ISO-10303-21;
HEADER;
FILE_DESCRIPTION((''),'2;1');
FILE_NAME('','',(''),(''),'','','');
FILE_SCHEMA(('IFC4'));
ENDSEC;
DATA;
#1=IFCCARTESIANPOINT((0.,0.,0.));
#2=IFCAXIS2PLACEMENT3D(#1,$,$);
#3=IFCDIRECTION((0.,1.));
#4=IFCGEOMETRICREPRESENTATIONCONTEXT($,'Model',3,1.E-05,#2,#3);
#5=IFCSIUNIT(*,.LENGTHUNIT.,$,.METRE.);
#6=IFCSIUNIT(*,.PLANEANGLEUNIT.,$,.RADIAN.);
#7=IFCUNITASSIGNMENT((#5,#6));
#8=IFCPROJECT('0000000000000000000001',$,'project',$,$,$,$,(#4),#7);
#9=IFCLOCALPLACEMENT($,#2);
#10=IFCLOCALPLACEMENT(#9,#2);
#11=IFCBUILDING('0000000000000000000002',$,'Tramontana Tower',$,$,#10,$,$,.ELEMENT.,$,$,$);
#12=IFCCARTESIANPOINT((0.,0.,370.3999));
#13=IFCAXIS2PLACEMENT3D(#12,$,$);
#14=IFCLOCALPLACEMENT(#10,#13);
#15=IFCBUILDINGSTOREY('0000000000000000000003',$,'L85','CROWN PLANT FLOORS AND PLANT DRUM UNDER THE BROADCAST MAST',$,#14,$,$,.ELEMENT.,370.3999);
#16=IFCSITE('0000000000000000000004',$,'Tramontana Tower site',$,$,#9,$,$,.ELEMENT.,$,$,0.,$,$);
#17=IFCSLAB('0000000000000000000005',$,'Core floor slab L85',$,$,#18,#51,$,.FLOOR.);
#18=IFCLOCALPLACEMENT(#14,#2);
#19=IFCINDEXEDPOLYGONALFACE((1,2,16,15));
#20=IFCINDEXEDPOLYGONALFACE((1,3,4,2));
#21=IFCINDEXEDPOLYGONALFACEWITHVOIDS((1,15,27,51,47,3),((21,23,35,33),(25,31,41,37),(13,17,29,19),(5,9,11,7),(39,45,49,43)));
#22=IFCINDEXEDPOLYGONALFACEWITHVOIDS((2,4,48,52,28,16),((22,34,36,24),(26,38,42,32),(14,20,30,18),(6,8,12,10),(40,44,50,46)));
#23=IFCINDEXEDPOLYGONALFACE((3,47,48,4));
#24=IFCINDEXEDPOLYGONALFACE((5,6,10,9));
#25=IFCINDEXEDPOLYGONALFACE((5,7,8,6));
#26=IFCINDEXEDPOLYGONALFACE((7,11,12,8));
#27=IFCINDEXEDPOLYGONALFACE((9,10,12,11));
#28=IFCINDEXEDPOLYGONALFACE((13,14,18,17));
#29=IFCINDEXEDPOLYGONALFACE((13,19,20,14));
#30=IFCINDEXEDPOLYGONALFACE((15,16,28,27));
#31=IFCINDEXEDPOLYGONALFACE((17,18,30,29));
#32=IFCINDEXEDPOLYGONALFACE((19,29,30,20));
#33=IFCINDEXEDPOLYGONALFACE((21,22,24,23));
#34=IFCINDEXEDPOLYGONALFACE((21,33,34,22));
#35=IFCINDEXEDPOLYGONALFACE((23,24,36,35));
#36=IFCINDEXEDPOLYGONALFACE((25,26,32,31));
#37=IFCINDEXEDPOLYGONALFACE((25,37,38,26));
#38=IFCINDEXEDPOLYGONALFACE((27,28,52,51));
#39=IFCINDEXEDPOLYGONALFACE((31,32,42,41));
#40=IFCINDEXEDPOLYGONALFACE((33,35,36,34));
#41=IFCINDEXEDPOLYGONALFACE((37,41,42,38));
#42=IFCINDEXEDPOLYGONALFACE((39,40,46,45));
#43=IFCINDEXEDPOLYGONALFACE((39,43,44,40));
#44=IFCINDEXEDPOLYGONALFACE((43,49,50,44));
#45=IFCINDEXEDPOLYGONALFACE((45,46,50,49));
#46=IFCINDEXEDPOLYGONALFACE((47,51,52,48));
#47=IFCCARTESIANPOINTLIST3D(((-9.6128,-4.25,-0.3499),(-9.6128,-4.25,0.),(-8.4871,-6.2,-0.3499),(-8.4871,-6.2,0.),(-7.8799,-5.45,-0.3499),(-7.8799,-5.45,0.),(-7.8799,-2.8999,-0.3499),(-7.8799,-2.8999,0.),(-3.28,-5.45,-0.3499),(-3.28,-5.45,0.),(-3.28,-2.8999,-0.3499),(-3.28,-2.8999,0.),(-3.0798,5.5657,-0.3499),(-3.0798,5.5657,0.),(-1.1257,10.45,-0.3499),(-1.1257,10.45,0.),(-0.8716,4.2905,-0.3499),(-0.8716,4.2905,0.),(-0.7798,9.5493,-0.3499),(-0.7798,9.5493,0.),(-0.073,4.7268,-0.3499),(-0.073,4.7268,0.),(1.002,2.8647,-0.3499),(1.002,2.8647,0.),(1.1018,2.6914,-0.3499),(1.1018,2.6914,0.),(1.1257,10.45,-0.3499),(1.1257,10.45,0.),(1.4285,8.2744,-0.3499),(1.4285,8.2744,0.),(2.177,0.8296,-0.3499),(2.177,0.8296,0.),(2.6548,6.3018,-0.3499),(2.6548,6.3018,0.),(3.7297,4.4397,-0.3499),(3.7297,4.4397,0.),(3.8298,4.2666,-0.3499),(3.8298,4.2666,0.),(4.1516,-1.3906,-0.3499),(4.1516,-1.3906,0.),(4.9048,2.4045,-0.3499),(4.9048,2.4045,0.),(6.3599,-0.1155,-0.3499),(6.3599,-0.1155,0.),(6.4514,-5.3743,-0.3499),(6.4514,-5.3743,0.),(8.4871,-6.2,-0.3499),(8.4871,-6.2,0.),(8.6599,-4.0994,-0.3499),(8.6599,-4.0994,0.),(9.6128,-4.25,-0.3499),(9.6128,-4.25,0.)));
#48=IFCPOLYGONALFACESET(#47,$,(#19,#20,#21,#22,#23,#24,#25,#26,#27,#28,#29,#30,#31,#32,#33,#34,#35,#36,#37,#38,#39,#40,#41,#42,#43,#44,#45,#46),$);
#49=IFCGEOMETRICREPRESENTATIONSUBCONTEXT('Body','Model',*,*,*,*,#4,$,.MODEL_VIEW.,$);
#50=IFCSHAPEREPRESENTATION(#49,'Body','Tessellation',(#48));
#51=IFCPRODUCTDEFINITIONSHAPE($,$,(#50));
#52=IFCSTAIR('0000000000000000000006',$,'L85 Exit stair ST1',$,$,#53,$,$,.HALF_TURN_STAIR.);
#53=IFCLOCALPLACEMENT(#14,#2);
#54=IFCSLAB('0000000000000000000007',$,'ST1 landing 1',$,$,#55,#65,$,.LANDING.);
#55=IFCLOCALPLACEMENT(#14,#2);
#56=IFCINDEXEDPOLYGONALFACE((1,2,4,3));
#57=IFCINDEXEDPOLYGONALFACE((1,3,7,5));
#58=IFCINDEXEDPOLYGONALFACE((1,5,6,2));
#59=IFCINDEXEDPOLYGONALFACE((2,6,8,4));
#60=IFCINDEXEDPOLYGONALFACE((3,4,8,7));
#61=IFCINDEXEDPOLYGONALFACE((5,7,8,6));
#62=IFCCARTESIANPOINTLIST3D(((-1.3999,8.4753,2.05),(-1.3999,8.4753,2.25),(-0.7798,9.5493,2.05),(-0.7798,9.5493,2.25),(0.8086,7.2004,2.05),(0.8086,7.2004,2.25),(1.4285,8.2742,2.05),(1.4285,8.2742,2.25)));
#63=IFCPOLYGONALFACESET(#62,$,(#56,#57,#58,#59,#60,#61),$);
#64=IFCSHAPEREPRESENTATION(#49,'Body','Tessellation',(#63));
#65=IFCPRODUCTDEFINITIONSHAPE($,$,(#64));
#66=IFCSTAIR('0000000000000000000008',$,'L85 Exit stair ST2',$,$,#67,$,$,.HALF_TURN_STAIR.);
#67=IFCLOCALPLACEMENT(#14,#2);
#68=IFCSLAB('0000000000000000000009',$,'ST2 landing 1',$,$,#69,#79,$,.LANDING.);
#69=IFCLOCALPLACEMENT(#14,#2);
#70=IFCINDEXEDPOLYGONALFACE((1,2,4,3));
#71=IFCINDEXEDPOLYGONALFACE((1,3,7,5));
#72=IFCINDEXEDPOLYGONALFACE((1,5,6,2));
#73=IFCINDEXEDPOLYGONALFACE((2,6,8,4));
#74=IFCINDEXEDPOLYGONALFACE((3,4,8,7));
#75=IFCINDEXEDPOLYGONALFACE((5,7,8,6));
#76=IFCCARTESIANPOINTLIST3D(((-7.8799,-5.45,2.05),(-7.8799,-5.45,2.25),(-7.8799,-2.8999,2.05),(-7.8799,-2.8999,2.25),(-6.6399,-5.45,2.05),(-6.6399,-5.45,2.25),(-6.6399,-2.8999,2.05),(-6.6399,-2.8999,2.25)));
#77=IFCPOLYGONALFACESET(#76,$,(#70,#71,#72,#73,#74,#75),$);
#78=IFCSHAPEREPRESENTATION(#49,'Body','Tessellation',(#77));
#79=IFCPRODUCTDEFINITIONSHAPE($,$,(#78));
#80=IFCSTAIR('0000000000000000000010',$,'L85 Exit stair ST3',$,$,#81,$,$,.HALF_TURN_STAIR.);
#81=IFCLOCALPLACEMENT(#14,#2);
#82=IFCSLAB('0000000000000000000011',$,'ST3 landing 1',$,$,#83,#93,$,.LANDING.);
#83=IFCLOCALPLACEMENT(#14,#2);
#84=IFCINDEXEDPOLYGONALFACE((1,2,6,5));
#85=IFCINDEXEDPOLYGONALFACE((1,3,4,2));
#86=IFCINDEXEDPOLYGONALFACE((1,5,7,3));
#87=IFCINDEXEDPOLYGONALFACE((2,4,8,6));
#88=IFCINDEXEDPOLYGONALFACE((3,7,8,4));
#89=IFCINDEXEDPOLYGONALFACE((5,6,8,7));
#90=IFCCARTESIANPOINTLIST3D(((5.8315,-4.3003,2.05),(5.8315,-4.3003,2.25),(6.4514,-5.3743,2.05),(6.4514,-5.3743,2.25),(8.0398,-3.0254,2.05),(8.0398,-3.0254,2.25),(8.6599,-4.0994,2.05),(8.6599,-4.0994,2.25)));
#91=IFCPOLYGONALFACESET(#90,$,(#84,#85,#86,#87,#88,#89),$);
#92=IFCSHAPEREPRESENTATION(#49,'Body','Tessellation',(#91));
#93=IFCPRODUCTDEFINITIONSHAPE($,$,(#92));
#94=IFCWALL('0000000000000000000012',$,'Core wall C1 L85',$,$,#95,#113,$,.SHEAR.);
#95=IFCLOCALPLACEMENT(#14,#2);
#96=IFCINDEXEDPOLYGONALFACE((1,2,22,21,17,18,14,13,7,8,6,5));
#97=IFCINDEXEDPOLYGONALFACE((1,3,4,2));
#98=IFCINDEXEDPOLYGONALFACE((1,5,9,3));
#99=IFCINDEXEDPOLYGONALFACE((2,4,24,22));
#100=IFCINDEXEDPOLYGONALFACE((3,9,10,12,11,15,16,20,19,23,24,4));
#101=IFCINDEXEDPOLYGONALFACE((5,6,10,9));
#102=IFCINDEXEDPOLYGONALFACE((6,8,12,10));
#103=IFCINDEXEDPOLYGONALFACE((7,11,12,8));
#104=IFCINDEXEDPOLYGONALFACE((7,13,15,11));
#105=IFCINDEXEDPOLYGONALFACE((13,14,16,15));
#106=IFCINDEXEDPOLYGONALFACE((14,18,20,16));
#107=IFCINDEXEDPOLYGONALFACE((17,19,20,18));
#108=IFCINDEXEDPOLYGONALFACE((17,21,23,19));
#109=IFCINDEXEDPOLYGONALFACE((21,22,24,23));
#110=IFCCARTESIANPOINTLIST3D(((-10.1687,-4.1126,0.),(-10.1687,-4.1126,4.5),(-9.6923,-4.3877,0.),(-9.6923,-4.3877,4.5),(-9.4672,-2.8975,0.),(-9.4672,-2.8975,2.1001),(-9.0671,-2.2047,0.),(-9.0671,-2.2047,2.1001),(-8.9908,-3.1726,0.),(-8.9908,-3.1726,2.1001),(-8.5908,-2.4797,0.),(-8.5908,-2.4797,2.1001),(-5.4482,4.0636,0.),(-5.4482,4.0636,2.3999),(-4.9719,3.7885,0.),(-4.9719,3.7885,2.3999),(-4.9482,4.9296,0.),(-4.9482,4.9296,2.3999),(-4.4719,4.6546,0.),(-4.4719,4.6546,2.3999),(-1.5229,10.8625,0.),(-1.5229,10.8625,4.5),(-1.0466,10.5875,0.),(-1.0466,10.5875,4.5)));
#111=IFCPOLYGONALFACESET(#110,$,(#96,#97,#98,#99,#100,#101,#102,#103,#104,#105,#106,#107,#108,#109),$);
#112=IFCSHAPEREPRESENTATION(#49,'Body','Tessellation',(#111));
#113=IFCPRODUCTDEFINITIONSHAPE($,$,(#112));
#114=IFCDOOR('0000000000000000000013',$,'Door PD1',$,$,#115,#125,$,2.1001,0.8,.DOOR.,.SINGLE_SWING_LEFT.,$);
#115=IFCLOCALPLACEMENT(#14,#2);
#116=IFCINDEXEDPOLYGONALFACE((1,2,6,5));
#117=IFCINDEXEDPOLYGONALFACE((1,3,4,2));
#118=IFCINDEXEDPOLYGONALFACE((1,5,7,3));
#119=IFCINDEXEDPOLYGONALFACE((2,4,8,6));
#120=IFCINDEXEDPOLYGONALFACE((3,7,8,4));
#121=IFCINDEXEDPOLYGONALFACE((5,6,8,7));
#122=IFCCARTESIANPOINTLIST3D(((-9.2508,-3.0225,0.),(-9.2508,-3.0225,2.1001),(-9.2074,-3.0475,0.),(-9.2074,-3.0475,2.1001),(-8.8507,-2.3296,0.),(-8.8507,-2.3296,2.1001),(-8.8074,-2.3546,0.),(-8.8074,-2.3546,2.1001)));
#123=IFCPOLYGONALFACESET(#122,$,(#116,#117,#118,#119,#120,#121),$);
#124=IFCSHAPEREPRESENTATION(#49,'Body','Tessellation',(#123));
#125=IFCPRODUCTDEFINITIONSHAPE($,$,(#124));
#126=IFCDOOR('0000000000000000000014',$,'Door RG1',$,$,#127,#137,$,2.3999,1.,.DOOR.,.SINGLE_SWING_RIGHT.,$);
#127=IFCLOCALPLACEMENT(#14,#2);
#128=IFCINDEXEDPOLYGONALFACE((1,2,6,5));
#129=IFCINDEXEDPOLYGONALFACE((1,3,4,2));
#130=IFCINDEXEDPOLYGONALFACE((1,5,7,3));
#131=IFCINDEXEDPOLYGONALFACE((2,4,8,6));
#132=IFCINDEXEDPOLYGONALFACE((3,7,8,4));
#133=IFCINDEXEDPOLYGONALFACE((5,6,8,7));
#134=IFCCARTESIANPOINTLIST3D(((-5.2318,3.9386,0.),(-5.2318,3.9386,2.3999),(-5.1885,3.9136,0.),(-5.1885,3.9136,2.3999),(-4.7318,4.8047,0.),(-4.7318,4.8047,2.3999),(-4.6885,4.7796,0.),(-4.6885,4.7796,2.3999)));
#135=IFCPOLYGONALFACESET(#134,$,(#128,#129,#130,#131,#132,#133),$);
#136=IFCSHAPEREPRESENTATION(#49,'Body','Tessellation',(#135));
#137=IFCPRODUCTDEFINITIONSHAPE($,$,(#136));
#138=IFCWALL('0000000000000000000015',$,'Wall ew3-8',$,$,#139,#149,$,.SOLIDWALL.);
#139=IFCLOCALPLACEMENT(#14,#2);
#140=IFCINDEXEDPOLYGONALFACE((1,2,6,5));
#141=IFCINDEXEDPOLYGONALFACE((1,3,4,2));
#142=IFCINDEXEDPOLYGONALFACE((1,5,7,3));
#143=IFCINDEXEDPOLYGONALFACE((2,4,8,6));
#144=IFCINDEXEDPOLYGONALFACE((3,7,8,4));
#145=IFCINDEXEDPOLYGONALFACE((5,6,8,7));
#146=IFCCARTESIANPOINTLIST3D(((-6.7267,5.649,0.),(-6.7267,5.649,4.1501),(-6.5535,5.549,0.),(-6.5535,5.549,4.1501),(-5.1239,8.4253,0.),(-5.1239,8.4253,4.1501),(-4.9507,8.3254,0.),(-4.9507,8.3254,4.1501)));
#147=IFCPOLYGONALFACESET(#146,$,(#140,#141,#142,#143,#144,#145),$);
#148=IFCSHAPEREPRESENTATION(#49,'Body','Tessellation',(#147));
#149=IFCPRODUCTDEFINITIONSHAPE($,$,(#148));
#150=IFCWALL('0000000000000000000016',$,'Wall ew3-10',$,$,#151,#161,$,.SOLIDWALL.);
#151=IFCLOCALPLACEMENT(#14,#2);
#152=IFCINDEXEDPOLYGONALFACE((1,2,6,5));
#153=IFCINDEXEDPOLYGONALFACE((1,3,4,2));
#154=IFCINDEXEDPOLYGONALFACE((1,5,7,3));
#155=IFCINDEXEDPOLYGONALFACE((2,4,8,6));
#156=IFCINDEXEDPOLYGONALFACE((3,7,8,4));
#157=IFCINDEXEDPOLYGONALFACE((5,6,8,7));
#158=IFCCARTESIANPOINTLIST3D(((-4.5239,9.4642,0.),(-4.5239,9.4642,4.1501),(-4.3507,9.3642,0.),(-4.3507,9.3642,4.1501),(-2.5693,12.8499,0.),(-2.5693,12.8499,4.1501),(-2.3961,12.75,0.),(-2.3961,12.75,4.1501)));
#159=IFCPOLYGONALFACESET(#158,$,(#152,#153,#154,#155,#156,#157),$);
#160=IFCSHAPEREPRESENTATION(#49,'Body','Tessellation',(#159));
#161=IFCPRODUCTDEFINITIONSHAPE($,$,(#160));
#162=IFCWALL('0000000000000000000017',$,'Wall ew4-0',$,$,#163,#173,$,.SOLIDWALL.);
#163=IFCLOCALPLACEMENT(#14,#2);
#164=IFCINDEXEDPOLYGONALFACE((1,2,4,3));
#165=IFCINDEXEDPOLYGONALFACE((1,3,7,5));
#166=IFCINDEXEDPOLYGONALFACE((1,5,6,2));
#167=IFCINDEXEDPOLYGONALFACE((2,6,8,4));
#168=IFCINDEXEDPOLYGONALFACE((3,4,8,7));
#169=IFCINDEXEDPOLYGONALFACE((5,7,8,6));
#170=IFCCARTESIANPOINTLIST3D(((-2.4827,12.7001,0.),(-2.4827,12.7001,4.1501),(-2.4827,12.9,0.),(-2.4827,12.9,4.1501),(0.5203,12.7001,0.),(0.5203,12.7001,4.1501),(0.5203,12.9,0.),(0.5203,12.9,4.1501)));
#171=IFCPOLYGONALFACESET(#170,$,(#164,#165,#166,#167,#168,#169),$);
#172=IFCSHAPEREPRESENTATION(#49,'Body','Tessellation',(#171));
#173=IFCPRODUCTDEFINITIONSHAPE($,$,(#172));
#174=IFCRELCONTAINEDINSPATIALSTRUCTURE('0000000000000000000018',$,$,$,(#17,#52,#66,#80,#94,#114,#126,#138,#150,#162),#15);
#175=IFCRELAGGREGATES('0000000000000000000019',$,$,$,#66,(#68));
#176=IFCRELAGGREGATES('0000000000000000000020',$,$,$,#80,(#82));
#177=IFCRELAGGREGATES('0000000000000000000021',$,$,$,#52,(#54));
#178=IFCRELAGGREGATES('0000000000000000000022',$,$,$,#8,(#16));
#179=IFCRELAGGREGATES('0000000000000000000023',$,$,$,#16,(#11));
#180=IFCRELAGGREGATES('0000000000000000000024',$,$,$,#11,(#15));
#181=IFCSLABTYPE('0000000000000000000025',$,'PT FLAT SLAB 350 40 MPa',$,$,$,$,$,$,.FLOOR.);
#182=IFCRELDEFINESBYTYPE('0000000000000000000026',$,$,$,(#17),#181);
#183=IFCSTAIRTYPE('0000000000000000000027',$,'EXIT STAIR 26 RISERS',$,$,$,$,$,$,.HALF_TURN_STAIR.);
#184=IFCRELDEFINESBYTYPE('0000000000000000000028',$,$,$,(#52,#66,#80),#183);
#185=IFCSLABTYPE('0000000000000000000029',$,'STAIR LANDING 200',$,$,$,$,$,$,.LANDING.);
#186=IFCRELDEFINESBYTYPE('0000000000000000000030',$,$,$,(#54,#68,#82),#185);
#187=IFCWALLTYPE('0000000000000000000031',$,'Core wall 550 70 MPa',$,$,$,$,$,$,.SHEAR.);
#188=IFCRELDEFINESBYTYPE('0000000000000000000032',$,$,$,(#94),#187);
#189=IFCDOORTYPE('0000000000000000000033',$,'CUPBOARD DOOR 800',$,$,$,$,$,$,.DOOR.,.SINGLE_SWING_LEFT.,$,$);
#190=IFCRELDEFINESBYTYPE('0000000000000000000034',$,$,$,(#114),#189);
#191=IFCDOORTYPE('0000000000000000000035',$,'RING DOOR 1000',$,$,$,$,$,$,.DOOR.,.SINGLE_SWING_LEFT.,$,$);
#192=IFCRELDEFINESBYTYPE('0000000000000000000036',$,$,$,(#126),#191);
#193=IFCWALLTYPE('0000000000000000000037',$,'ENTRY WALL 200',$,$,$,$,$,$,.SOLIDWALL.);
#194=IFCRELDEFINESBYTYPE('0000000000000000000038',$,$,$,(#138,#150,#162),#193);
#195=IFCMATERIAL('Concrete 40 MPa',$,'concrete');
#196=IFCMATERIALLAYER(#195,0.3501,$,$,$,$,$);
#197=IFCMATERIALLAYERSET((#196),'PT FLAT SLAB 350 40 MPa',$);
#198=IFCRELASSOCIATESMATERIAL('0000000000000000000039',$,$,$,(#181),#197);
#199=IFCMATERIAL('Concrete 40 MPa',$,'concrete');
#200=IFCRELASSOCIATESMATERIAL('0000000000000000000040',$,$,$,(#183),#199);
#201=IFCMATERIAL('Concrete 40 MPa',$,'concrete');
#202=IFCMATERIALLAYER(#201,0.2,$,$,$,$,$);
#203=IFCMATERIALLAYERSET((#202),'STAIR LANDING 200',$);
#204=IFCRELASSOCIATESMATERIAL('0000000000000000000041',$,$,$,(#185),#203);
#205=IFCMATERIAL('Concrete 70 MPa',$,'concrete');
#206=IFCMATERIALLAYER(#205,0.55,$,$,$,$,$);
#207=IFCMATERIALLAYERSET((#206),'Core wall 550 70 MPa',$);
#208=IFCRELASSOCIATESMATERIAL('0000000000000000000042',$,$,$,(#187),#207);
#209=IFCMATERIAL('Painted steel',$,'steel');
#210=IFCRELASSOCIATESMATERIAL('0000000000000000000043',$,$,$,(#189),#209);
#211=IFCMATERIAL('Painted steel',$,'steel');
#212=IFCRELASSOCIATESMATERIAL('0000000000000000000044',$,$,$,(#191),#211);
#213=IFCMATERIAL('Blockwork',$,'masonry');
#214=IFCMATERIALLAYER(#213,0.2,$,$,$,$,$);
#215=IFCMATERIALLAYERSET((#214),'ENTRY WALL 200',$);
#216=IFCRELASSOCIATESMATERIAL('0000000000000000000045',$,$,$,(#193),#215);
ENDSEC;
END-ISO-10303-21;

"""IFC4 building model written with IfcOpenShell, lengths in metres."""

from ifc_helpers import new_model, si_unit, direction, frame, frame_2d, origin, place, context, subcontext, project, spatial, polyline, rectangle, outline, extrude, material, layer, layer_set, type_object, element, fill, aggregate, save


model = new_model("IFC4")

# Units and contexts
model_context = context("Model", 3, precision=1e-05, world=origin(), true_north=direction((0.0, 1.0)))
body_context = subcontext(model_context, "Body", "Model", "MODEL_VIEW")
ifc_project = project(units=[si_unit("LENGTHUNIT", "METRE"), si_unit("PLANEANGLEUNIT", "RADIAN")], contexts=[model_context])

# Site, building, storey
site_placement = place(None, origin())
site = spatial("IfcSite", under=ifc_project, at=site_placement, Name="Tramontana Tower site", CompositionType="ELEMENT", RefElevation=0.0)
building_placement = place(site_placement, origin())
building = spatial("IfcBuilding", under=site, at=building_placement, Name="Tramontana Tower", CompositionType="ELEMENT")
storey_placement = place(building_placement, frame((0.0, 0.0, 370.3999)))
storey = spatial("IfcBuildingStorey", under=building, at=storey_placement, Name="L85", Description="CROWN PLANT FLOORS AND PLANT DRUM UNDER THE BROADCAST MAST", CompositionType="ELEMENT", Elevation=370.3999)

# Slab
ifc_material_1 = material(Name="Concrete 40 MPa", Category="concrete")
ifc_layer_1 = layer(ifc_material_1, 0.3501)
ifc_layer_set_1 = layer_set([ifc_layer_1], Name="PT FLAT SLAB 350 40 MPa")
slab_type_1 = type_object("IfcSlabType", Name="PT FLAT SLAB 350 40 MPa", PredefinedType="FLOOR", material=ifc_layer_set_1)
slab_1_placement = place(storey_placement, frame((0.0, 0.0, -0.3499)))
element("IfcSlab", 1, at=slab_1_placement, inside=storey, type_object=slab_type_1, Name="Core floor slab L85", PredefinedType="FLOOR", context=body_context, shape_type="SweptSolid", body=[
    extrude(outline(polyline([(9.6128, -4.25), (8.4871, -6.2), (-8.4871, -6.2), (-9.6128, -4.25), (-1.1257, 10.45), (1.1257, 10.45), (9.6128, -4.25)]), holes=[polyline([(6.3599, -0.1155), (4.1516, -1.3906), (6.4514, -5.3743), (8.6599, -4.0994), (6.3599, -0.1155)]), polyline([(1.1018, 2.6914), (2.177, 0.8296), (4.9048, 2.4045), (3.8298, 4.2666), (1.1018, 2.6914)]), polyline([(2.6548, 6.3018), (-0.073, 4.7268), (1.002, 2.8647), (3.7297, 4.4397), (2.6548, 6.3018)]), polyline([(-0.7798, 9.5493), (-3.0798, 5.5657), (-0.8716, 4.2905), (1.4285, 8.2744), (-0.7798, 9.5493)]), polyline([(-3.28, -5.45), (-3.28, -2.8999), (-7.8799, -2.8999), (-7.8799, -5.45), (-3.28, -5.45)])]), origin(), (0.0, 0.0, 1.0), 0.3499),
])

# Stairs, slabs
ifc_material_2 = material(Name="Concrete 40 MPa", Category="concrete")
stair_type = type_object("IfcStairType", Name="EXIT STAIR 26 RISERS", PredefinedType="HALF_TURN_STAIR", material=ifc_material_2)
stair_1_placement = place(storey_placement, origin())
stair_1 = element("IfcStair", 2, at=stair_1_placement, inside=storey, type_object=stair_type, Name="L85 Exit stair ST1", PredefinedType="HALF_TURN_STAIR")
ifc_material_3 = material(Name="Concrete 40 MPa", Category="concrete")
ifc_layer_2 = layer(ifc_material_3, 0.2)
ifc_layer_set_2 = layer_set([ifc_layer_2], Name="STAIR LANDING 200")
slab_type_2 = type_object("IfcSlabType", Name="STAIR LANDING 200", PredefinedType="LANDING", material=ifc_layer_set_2)
slab_2_placement = place(storey_placement, frame((0.0, 0.0, 2.05)))
slab_2 = element("IfcSlab", 3, at=slab_2_placement, type_object=slab_type_2, Name="ST1 landing 1", PredefinedType="LANDING", context=body_context, shape_type="SweptSolid", body=[
    extrude(outline(polyline([(0.8086, 7.2004), (1.4285, 8.2742), (-0.7798, 9.5493), (-1.3999, 8.4753), (0.8086, 7.2004)])), origin(), (0.0, 0.0, 1.0), 0.2),
])
stair_2_placement = place(storey_placement, origin())
stair_2 = element("IfcStair", 4, at=stair_2_placement, inside=storey, type_object=stair_type, Name="L85 Exit stair ST2", PredefinedType="HALF_TURN_STAIR")
slab_3_placement = place(storey_placement, frame((0.0, 0.0, 2.05)))
slab_3 = element("IfcSlab", 5, at=slab_3_placement, type_object=slab_type_2, Name="ST2 landing 1", PredefinedType="LANDING", context=body_context, shape_type="SweptSolid", body=[
    extrude(outline(polyline([(-6.6399, -2.8999), (-7.8799, -2.8999), (-7.8799, -5.45), (-6.6399, -5.45), (-6.6399, -2.8999)])), origin(), (0.0, 0.0, 1.0), 0.2),
])
aggregate(stair_2, [slab_3])
stair_3_placement = place(storey_placement, origin())
stair_3 = element("IfcStair", 6, at=stair_3_placement, inside=storey, type_object=stair_type, Name="L85 Exit stair ST3", PredefinedType="HALF_TURN_STAIR")
slab_4_placement = place(storey_placement, frame((0.0, 0.0, 2.05)))
slab_4 = element("IfcSlab", 7, at=slab_4_placement, type_object=slab_type_2, Name="ST3 landing 1", PredefinedType="LANDING", context=body_context, shape_type="SweptSolid", body=[
    extrude(outline(polyline([(5.8315, -4.3003), (6.4514, -5.3743), (8.6599, -4.0994), (8.0398, -3.0254), (5.8315, -4.3003)])), origin(), (0.0, 0.0, 1.0), 0.2),
])
aggregate(stair_3, [slab_4])

# Wall, openings, doors
ifc_material_4 = material(Name="Concrete 70 MPa", Category="concrete")
ifc_layer_3 = layer(ifc_material_4, 0.55)
ifc_layer_set_3 = layer_set([ifc_layer_3], Name="Core wall 550 70 MPa")
wall_type_1 = type_object("IfcWallType", Name="Core wall 550 70 MPa", PredefinedType="SHEAR", material=ifc_layer_set_3)
wall_1_placement = place(storey_placement, frame((-1.2847, 10.7251, 0.0), z_axis=(0.0, 0.0, 1.0), x_axis=(-0.499995, -0.866029, 0.0)))
wall_1 = element("IfcWall", 8, at=wall_1_placement, inside=storey, type_object=wall_type_1, Name="Core wall C1 L85", PredefinedType="SHEAR", context=body_context, shape_type="SweptSolid", body=[
    extrude(rectangle(XDim=17.2917, YDim=0.55, at=frame_2d((8.646, 0.0))), origin(), (0.0, 0.0, 1.0), 4.5),
])
opening_1_placement = place(wall_1_placement, frame((6.8508, 0.0, 0.0)))
opening_1 = element("IfcOpeningElement", 9, at=opening_1_placement, cuts=wall_1, PredefinedType="OPENING", context=body_context, shape_type="SweptSolid", body=[
    extrude(rectangle(XDim=1.0, YDim=2.3999, at=frame_2d((0.5, 1.2))), frame((0.0, 0.2849, 0.0), z_axis=(0.0, -1.0, 0.0), x_axis=(1.0, 0.0, 0.0)), (0.0, 0.0, 1.0), 0.5701),
])
opening_2_placement = place(wall_1_placement, frame((15.0889, 0.0, 0.0)))
opening_2 = element("IfcOpeningElement", 10, at=opening_2_placement, cuts=wall_1, PredefinedType="OPENING", context=body_context, shape_type="SweptSolid", body=[
    extrude(rectangle(XDim=0.8, YDim=2.1001, at=frame_2d((0.3999, 1.05))), frame((0.0, 0.2849, 0.0), z_axis=(0.0, -1.0, 0.0), x_axis=(1.0, 0.0, 0.0)), (0.0, 0.0, 1.0), 0.5701),
])
ifc_material_5 = material(Name="Painted steel", Category="steel")
door_type_1 = type_object("IfcDoorType", Name="CUPBOARD DOOR 800", OperationType="SINGLE_SWING_LEFT", PredefinedType="DOOR", material=ifc_material_5)
door_1_placement = place(opening_2_placement, origin())
door_1 = element("IfcDoor", 11, at=door_1_placement, inside=storey, type_object=door_type_1, Name="Door PD1", OperationType="SINGLE_SWING_LEFT", OverallHeight=2.1001, OverallWidth=0.8, PredefinedType="DOOR", context=body_context, shape_type="SweptSolid", body=[
    extrude(rectangle(XDim=0.8, YDim=2.1001, at=frame_2d((0.3999, 1.05))), frame((0.0, 0.0249, 0.0), z_axis=(0.0, -1.0, 0.0), x_axis=(1.0, 0.0, 0.0)), (0.0, 0.0, 1.0), 0.05),
])
fill(opening_2, door_1)
ifc_material_6 = material(Name="Painted steel", Category="steel")
door_type_2 = type_object("IfcDoorType", Name="RING DOOR 1000", OperationType="SINGLE_SWING_LEFT", PredefinedType="DOOR", material=ifc_material_6)
door_2_placement = place(opening_1_placement, origin())
door_2 = element("IfcDoor", 12, at=door_2_placement, inside=storey, type_object=door_type_2, Name="Door RG1", OperationType="SINGLE_SWING_RIGHT", OverallHeight=2.3999, OverallWidth=1.0, PredefinedType="DOOR", context=body_context, shape_type="SweptSolid", body=[
    extrude(rectangle(XDim=1.0, YDim=2.3999, at=frame_2d((0.5, 1.2))), frame((0.0, 0.0249, 0.0), z_axis=(0.0, -1.0, 0.0), x_axis=(1.0, 0.0, 0.0)), (0.0, 0.0, 1.0), 0.05),
])
fill(opening_1, door_2)

# Wall
ifc_material_7 = material(Name="Blockwork", Category="masonry")
ifc_layer_4 = layer(ifc_material_7, 0.2)
ifc_layer_set_4 = layer_set([ifc_layer_4], Name="ENTRY WALL 200")
wall_type_2 = type_object("IfcWallType", Name="ENTRY WALL 200", PredefinedType="SOLIDWALL", material=ifc_layer_set_4)
wall_2_placement = place(storey_placement, frame((-6.6401, 5.5989, 0.0), z_axis=(0.0, 0.0, 1.0), x_axis=(0.499964, 0.866046, 0.0)))
element("IfcWall", 13, at=wall_2_placement, inside=storey, type_object=wall_type_2, Name="Wall ew3-8", PredefinedType="SOLIDWALL", context=body_context, shape_type="SweptSolid", body=[
    extrude(rectangle(XDim=3.2058, YDim=0.2, at=frame_2d((1.603, 0.0))), origin(), (0.0, 0.0, 1.0), 4.1501),
])

# Walls
wall_3_placement = place(storey_placement, frame((-4.4373, 9.4143, 0.0), z_axis=(0.0, 0.0, 1.0), x_axis=(0.499968, 0.866044, 0.0)))
element("IfcWall", 14, at=wall_3_placement, inside=storey, type_object=wall_type_2, Name="Wall ew3-10", PredefinedType="SOLIDWALL", context=body_context, shape_type="SweptSolid", body=[
    extrude(rectangle(XDim=3.9094, YDim=0.2, at=frame_2d((1.9546, 0.0))), origin(), (0.0, 0.0, 1.0), 4.1501),
])
wall_4_placement = place(storey_placement, frame((-2.4827, 12.8, 0.0), z_axis=(0.0, 0.0, 1.0), x_axis=(1.0, 0.0, 0.0)))
element("IfcWall", 15, at=wall_4_placement, inside=storey, type_object=wall_type_2, Name="Wall ew4-0", PredefinedType="SOLIDWALL", context=body_context, shape_type="SweptSolid", body=[
    extrude(rectangle(XDim=3.0029, YDim=0.2, at=frame_2d((1.5015, 0.0))), origin(), (0.0, 0.0, 1.0), 4.1501),
])

aggregate(stair_1, [slab_2])

save(model, "model.ifc")
